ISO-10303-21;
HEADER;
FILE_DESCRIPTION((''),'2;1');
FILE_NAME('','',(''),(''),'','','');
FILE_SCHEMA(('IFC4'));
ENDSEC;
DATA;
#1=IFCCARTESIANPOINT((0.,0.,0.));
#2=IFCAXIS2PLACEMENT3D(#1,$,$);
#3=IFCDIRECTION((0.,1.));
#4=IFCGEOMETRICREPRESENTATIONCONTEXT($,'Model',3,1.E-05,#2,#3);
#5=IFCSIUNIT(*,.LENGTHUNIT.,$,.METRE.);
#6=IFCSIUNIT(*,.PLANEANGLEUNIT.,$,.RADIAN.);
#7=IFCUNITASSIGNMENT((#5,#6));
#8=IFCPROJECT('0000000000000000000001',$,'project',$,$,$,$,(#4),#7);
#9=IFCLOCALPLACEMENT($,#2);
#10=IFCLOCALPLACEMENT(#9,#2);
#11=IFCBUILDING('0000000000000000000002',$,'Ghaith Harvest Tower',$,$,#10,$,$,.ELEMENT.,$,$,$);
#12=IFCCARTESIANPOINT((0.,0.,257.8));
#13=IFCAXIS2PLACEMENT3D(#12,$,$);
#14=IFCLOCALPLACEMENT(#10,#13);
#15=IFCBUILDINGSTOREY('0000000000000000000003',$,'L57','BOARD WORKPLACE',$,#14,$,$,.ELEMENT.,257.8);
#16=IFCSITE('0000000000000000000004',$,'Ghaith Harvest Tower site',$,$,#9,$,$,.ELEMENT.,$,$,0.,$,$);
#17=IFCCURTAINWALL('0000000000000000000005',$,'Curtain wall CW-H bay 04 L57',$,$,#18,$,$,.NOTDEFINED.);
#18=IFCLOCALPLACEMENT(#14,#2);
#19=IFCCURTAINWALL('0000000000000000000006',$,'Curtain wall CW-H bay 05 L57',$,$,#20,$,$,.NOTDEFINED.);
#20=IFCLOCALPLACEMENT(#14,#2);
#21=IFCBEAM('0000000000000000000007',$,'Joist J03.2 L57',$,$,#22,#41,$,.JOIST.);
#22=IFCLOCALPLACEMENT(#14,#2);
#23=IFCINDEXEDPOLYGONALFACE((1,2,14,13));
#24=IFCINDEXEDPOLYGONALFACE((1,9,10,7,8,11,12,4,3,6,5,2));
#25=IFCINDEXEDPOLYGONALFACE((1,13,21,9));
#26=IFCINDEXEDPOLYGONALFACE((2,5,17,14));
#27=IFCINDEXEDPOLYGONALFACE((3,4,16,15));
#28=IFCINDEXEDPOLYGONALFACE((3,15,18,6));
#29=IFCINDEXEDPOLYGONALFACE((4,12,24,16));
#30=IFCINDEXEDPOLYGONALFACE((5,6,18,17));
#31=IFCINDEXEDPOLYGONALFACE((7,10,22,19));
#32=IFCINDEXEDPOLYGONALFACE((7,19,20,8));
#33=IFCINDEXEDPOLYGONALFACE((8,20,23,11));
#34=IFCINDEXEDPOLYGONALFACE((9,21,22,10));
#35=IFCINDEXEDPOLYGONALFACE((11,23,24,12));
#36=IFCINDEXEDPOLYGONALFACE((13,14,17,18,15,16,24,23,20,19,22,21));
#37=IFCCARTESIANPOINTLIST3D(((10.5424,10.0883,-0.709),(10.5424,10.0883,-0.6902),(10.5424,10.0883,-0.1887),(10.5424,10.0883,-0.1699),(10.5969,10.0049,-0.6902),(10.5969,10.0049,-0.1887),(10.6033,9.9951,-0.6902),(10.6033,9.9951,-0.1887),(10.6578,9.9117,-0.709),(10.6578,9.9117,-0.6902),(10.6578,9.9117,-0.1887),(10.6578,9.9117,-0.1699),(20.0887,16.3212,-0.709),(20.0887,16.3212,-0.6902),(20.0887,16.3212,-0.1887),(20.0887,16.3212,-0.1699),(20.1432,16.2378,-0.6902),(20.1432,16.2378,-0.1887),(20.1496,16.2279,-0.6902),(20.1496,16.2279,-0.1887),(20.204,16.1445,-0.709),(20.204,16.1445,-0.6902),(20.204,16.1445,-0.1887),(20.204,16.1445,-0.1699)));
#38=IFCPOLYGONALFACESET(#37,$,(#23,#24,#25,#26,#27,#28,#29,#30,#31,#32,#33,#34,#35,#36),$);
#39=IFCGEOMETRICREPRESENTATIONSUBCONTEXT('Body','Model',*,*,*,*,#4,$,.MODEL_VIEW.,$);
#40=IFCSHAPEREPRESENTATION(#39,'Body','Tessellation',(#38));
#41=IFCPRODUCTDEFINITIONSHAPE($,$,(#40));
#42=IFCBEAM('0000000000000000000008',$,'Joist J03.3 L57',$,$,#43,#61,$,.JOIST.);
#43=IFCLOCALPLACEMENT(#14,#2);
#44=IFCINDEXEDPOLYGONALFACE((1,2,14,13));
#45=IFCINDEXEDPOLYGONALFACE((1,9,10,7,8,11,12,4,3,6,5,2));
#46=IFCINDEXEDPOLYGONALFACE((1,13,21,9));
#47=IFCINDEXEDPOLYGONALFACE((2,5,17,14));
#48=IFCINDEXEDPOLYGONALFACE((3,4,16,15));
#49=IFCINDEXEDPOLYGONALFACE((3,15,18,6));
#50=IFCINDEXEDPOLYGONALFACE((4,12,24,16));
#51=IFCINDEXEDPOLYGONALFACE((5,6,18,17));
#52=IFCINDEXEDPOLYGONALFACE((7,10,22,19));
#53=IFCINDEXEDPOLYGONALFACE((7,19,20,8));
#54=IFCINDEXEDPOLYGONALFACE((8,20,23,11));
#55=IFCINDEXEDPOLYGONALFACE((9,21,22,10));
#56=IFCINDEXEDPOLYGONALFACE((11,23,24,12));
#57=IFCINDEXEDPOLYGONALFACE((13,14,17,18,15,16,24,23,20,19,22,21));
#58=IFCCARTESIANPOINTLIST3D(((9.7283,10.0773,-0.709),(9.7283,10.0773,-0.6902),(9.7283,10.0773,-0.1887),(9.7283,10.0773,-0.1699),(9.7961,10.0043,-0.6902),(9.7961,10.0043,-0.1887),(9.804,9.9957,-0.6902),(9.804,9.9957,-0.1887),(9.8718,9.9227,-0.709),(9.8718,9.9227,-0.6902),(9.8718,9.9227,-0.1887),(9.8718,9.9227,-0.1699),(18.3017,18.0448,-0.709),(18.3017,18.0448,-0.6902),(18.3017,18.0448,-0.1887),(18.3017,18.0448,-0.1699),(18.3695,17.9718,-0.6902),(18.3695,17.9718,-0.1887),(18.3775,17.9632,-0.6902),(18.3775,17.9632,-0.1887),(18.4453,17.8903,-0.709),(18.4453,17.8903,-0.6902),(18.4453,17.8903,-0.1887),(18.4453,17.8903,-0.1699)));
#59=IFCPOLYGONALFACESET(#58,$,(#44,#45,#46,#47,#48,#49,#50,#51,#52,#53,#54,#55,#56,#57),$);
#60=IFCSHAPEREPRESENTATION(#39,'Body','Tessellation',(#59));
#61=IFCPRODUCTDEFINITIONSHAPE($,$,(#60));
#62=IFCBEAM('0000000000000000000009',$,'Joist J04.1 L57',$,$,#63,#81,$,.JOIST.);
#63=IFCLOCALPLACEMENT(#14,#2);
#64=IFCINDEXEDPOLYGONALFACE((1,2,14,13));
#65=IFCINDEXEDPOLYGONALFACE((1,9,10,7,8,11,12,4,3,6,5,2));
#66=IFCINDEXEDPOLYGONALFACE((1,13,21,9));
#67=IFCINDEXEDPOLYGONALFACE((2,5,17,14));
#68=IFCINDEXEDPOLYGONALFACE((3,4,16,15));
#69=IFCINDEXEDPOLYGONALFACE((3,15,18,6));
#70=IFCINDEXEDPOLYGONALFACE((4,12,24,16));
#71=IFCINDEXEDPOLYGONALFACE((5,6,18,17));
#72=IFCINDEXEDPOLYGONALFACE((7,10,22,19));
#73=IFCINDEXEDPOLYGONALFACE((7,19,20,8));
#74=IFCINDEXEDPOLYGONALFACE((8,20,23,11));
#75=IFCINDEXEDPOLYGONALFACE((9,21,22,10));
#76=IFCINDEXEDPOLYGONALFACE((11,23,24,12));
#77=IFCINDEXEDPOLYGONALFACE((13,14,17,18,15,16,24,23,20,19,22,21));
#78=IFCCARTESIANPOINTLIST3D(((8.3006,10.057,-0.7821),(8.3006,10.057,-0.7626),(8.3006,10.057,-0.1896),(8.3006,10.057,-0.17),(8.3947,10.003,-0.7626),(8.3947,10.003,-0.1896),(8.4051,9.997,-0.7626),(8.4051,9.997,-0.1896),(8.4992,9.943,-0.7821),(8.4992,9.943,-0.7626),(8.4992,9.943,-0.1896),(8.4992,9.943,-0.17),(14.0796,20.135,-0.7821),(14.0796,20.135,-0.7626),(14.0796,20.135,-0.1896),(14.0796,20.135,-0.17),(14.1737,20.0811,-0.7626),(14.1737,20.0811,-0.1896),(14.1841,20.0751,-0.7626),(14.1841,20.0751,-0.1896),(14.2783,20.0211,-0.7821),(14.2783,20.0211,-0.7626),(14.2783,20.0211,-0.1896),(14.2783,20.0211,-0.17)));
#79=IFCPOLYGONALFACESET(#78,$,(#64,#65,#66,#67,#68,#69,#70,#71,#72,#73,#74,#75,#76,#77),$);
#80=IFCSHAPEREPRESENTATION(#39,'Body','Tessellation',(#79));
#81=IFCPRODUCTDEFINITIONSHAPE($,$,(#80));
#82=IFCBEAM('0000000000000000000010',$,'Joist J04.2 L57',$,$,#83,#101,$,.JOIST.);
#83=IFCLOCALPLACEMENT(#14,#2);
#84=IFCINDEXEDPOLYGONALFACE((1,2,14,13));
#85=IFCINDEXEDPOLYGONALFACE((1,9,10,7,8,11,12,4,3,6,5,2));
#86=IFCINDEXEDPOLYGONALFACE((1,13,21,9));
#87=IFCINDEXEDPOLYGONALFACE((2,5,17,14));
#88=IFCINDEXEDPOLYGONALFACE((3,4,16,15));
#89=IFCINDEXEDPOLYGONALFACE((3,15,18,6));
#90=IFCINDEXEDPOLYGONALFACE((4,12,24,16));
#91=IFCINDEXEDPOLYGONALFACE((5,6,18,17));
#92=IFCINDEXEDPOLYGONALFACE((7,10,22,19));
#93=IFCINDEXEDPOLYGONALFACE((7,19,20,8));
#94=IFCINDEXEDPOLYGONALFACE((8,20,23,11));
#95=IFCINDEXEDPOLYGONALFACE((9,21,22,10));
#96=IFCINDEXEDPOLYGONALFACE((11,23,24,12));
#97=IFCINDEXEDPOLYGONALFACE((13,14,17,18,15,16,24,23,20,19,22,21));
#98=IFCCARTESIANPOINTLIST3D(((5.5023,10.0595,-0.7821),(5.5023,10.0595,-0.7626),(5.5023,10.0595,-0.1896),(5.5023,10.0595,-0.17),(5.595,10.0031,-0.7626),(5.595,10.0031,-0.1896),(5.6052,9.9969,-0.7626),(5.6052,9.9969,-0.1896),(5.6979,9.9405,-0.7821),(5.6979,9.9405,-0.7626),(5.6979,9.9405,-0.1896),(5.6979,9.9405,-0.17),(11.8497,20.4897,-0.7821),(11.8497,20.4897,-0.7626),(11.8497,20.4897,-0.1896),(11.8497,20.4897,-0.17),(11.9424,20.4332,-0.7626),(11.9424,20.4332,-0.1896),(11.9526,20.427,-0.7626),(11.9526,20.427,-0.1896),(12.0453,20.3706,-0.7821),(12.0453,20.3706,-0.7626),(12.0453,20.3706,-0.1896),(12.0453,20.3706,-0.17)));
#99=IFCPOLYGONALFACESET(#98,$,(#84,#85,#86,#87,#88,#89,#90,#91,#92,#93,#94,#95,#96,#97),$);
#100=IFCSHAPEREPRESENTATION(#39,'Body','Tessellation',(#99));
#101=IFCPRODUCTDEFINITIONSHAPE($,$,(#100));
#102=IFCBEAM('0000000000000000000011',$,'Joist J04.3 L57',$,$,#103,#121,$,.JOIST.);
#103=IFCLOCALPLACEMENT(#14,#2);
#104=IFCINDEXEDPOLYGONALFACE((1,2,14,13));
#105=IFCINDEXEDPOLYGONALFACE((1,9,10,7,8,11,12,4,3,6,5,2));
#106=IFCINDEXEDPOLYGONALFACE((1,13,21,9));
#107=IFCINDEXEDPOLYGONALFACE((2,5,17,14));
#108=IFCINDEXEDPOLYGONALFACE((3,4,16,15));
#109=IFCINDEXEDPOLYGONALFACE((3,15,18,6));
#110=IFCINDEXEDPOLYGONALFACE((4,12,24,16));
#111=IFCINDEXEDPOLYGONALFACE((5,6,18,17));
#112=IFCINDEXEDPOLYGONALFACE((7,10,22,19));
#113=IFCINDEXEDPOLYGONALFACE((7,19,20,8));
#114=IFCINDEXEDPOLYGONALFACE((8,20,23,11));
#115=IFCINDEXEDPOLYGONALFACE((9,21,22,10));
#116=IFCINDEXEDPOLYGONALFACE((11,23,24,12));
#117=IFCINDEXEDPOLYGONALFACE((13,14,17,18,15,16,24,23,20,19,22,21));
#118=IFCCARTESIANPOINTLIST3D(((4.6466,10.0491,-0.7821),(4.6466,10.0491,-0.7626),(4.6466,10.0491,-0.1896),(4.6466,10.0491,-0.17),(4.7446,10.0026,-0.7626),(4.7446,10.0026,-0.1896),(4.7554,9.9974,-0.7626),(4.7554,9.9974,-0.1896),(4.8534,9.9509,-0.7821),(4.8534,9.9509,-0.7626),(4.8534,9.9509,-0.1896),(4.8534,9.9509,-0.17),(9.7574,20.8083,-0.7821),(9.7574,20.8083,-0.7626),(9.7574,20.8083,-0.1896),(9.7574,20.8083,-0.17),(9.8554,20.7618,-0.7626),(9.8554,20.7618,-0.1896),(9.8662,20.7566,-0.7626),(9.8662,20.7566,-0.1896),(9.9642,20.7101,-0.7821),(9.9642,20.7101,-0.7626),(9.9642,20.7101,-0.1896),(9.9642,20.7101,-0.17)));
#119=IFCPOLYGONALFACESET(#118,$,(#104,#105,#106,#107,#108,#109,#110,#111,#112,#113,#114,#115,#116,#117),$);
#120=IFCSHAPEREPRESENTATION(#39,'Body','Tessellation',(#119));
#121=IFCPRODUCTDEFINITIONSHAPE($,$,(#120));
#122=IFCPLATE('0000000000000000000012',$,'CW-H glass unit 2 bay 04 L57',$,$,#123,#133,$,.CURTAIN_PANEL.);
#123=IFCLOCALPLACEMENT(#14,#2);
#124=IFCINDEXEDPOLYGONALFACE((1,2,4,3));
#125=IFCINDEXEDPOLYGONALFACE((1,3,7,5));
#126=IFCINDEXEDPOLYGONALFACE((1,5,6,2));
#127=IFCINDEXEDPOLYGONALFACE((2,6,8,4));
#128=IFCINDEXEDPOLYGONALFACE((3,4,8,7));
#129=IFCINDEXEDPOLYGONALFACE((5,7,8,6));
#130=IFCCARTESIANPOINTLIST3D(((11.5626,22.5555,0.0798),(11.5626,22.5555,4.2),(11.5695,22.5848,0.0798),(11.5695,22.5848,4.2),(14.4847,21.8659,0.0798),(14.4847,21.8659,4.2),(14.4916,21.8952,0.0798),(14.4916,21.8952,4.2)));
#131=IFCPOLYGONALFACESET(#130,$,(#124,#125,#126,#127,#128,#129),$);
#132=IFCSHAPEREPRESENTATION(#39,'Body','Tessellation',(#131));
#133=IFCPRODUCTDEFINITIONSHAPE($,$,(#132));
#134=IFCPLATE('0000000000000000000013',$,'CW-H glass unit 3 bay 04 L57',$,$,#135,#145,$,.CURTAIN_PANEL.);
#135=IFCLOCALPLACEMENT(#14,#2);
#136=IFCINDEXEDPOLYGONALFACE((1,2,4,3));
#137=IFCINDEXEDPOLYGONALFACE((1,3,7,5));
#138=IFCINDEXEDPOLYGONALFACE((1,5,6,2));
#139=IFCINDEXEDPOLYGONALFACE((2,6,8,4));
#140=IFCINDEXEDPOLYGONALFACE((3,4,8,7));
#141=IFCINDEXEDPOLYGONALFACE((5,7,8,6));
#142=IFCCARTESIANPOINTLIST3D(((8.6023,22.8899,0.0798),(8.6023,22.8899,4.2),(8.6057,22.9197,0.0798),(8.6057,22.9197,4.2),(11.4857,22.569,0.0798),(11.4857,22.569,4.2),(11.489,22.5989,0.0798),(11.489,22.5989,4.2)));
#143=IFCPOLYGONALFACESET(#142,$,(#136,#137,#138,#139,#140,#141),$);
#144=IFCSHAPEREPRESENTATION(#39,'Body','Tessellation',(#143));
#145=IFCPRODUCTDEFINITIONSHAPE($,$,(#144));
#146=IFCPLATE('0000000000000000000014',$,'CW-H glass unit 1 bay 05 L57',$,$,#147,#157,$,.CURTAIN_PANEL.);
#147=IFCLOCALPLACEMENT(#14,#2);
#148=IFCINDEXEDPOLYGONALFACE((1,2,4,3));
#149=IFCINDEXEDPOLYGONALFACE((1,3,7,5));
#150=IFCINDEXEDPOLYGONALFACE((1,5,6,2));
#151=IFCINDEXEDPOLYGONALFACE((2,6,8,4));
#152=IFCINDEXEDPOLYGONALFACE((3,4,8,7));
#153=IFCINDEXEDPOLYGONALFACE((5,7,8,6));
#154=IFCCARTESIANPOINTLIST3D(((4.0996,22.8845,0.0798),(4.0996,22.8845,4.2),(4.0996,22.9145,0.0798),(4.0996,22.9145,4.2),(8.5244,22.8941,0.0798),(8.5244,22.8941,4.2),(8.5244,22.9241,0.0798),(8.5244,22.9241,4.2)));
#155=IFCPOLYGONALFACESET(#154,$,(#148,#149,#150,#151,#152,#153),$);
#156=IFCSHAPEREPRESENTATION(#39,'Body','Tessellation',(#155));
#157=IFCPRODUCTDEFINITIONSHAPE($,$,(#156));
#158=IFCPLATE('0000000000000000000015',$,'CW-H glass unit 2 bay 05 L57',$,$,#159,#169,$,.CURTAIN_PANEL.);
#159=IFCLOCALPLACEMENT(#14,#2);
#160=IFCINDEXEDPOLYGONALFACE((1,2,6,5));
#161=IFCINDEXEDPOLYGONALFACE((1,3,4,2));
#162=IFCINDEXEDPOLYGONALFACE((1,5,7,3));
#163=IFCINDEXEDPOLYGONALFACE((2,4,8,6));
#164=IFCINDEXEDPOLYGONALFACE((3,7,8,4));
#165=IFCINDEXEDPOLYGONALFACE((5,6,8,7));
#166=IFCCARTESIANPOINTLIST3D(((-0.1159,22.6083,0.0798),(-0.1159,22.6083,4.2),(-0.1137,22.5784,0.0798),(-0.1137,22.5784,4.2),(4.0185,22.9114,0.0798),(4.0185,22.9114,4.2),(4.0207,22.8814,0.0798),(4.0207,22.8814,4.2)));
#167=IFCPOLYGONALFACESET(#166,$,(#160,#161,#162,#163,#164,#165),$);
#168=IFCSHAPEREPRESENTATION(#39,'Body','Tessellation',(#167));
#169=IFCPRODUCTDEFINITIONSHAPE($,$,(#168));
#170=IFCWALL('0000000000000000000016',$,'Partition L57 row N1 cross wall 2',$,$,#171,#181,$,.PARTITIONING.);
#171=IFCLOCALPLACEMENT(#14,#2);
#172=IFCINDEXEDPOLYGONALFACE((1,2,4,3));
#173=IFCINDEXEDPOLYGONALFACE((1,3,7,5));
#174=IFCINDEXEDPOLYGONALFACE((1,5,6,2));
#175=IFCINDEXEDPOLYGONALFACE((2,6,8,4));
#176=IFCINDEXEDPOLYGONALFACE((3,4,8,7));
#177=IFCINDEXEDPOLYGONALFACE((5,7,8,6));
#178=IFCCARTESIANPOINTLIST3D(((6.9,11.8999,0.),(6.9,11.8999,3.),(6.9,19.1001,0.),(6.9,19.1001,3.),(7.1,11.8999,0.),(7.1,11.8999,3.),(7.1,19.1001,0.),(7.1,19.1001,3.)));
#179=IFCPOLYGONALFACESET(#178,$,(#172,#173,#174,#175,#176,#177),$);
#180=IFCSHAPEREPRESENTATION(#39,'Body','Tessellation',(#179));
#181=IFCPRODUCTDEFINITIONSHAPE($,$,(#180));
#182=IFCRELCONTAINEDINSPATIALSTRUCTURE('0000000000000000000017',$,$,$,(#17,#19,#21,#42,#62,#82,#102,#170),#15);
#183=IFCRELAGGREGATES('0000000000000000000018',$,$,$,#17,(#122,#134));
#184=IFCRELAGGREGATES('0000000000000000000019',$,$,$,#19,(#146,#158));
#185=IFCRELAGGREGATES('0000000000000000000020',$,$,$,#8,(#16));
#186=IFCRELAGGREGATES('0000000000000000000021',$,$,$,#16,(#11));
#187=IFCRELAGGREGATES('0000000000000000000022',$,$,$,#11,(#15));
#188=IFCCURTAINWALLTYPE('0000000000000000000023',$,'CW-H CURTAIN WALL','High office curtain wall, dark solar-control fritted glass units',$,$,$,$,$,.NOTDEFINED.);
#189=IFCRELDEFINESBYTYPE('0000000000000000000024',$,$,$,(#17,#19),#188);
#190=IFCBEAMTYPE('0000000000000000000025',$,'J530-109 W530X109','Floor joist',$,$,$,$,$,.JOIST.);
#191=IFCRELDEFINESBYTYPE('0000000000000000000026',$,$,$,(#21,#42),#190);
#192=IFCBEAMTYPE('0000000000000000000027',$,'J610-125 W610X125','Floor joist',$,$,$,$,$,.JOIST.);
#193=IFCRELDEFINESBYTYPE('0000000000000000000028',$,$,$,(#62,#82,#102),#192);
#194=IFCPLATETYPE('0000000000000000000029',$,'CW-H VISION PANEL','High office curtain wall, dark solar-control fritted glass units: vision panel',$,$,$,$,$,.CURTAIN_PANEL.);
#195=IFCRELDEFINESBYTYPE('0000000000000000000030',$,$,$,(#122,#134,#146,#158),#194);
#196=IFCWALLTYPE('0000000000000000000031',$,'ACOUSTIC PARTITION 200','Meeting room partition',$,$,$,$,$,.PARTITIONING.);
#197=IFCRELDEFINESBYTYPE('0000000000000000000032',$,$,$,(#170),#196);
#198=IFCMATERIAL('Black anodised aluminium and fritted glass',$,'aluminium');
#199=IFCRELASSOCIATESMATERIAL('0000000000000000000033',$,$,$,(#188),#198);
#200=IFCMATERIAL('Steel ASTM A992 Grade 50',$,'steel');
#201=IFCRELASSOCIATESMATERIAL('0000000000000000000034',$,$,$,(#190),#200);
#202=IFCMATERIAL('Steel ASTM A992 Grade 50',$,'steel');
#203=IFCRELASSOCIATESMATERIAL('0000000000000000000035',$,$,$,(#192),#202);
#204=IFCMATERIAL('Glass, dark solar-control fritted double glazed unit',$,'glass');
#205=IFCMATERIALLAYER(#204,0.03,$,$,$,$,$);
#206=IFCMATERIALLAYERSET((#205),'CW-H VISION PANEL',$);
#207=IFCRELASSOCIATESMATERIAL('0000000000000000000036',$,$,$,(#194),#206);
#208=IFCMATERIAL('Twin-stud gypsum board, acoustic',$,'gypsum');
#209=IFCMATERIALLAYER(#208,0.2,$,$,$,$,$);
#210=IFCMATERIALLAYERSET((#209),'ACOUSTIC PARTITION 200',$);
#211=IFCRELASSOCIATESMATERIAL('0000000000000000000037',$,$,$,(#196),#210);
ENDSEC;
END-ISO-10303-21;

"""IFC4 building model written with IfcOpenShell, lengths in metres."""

from ifc_helpers import new_model, si_unit, direction, frame, frame_2d, origin, origin_2d, place, context, subcontext, project, spatial, rectangle, i_section, extrude, material, layer, layer_set, material_profile, profile_set, type_object, element, aggregate, save


model = new_model("IFC4")

# Units and contexts
model_context = context("Model", 3, precision=1e-05, world=origin(), true_north=direction((0.0, 1.0)))
body_context = subcontext(model_context, "Body", "Model", "MODEL_VIEW")
ifc_project = project(units=[si_unit("LENGTHUNIT", "METRE"), si_unit("PLANEANGLEUNIT", "RADIAN")], contexts=[model_context])

# Site, building, storey
site_placement = place(None, origin())
site = spatial("IfcSite", under=ifc_project, at=site_placement, Name="Ghaith Harvest Tower site", CompositionType="ELEMENT", RefElevation=0.0)
building_placement = place(site_placement, origin())
building = spatial("IfcBuilding", under=site, at=building_placement, Name="Ghaith Harvest Tower", CompositionType="ELEMENT")
storey_placement = place(building_placement, frame((0.0, 0.0, 257.8)))
storey = spatial("IfcBuildingStorey", under=building, at=storey_placement, Name="L57", Description="BOARD WORKPLACE", CompositionType="ELEMENT", Elevation=257.8)

# Curtain wall
ifc_material_1 = material(Name="Black anodised aluminium and fritted glass", Category="aluminium")
curtain_wall_type = type_object("IfcCurtainWallType", Name="CW-H CURTAIN WALL", Description="High office curtain wall, dark solar-control fritted glass units", PredefinedType="NOTDEFINED", material=ifc_material_1)
curtain_wall_1_placement = place(storey_placement, origin())
curtain_wall_1 = element("IfcCurtainWall", 1, at=curtain_wall_1_placement, inside=storey, type_object=curtain_wall_type, Name="Curtain wall CW-H bay 04 L57", PredefinedType="NOTDEFINED")

# Curtain wall
curtain_wall_2_placement = place(storey_placement, origin())
curtain_wall_2 = element("IfcCurtainWall", 2, at=curtain_wall_2_placement, inside=storey, type_object=curtain_wall_type, Name="Curtain wall CW-H bay 05 L57", PredefinedType="NOTDEFINED")

# Beams
ifc_material_2 = material(Name="Steel ASTM A992 Grade 50", Category="steel")
ifc_material_profile_1 = material_profile(ifc_material_2, i_section(OverallWidth=0.2109, OverallDepth=0.5391, WebThickness=0.0117, FlangeThickness=0.0188, at=origin_2d()), Name="W530X109")
ifc_profile_set_1 = profile_set([ifc_material_profile_1], Name="Steel ASTM A992 Grade 50")
beam_type_1 = type_object("IfcBeamType", Name="J530-109 W530X109", Description="Floor joist", PredefinedType="JOIST", material=ifc_profile_set_1)
beam_1_placement = place(storey_placement, frame((10.6001, 10.0, -0.4395), z_axis=(0.837329, 0.546699, 0.0), x_axis=(-0.546699, 0.837329, 0.0)))
element("IfcBeam", 3, at=beam_1_placement, inside=storey, type_object=beam_type_1, Name="Joist J03.2 L57", PredefinedType="JOIST", context=body_context, shape_type="SweptSolid", body=[
    extrude(i_section(OverallWidth=0.2109, OverallDepth=0.5391, WebThickness=0.0117, FlangeThickness=0.0188, at=origin_2d()), origin(), (0.0, 0.0, 1.0), 11.4009),
])
beam_2_placement = place(storey_placement, frame((9.8, 10.0, -0.4395), z_axis=(0.732519, 0.680746, 0.0), x_axis=(-0.680746, 0.732519, 0.0)))
element("IfcBeam", 4, at=beam_2_placement, inside=storey, type_object=beam_type_1, Name="Joist J03.3 L57", PredefinedType="JOIST", context=body_context, shape_type="SweptSolid", body=[
    extrude(i_section(OverallWidth=0.2109, OverallDepth=0.5391, WebThickness=0.0117, FlangeThickness=0.0188, at=origin_2d()), origin(), (0.0, 0.0, 1.0), 11.7041),
])
ifc_material_3 = material(Name="Steel ASTM A992 Grade 50", Category="steel")
ifc_material_profile_2 = material_profile(ifc_material_3, i_section(OverallWidth=0.229, OverallDepth=0.6121, WebThickness=0.012, FlangeThickness=0.0195, at=origin_2d()), Name="W610X125")
ifc_profile_set_2 = profile_set([ifc_material_profile_2], Name="Steel ASTM A992 Grade 50")
beam_type_2 = type_object("IfcBeamType", Name="J610-125 W610X125", Description="Floor joist", PredefinedType="JOIST", material=ifc_profile_set_2)
beam_3_placement = place(storey_placement, frame((8.3999, 10.0, -0.4761), z_axis=(0.497444, 0.867496, 0.0), x_axis=(-0.867496, 0.497444, 0.0)))
element("IfcBeam", 5, at=beam_3_placement, inside=storey, type_object=beam_type_2, Name="Joist J04.1 L57", PredefinedType="JOIST", context=body_context, shape_type="SweptSolid", body=[
    extrude(i_section(OverallWidth=0.229, OverallDepth=0.6121, WebThickness=0.012, FlangeThickness=0.0195, at=origin_2d()), origin(), (0.0, 0.0, 1.0), 11.6174),
])
beam_4_placement = place(storey_placement, frame((5.6001, 10.0, -0.4761), z_axis=(0.519864, 0.854249, 0.0), x_axis=(-0.854249, 0.519864, 0.0)))
element("IfcBeam", 6, at=beam_4_placement, inside=storey, type_object=beam_type_2, Name="Joist J04.2 L57", PredefinedType="JOIST", context=body_context, shape_type="SweptSolid", body=[
    extrude(i_section(OverallWidth=0.229, OverallDepth=0.6121, WebThickness=0.012, FlangeThickness=0.0195, at=origin_2d()), origin(), (0.0, 0.0, 1.0), 12.2097),
])
beam_5_placement = place(storey_placement, frame((4.75, 10.0, -0.4761), z_axis=(0.429069, 0.903272, 0.0), x_axis=(-0.903272, 0.429069, 0.0)))
element("IfcBeam", 7, at=beam_5_placement, inside=storey, type_object=beam_type_2, Name="Joist J04.3 L57", PredefinedType="JOIST", context=body_context, shape_type="SweptSolid", body=[
    extrude(i_section(OverallWidth=0.229, OverallDepth=0.6121, WebThickness=0.012, FlangeThickness=0.0195, at=origin_2d()), origin(), (0.0, 0.0, 1.0), 11.9114),
])

# Plates
ifc_material_4 = material(Name="Glass, dark solar-control fritted double glazed unit", Category="glass")
ifc_layer_1 = layer(ifc_material_4, 0.03)
ifc_layer_set_1 = layer_set([ifc_layer_1], Name="CW-H VISION PANEL")
plate_type = type_object("IfcPlateType", Name="CW-H VISION PANEL", Description="High office curtain wall, dark solar-control fritted glass units: vision panel", PredefinedType="CURTAIN_PANEL", material=ifc_layer_set_1)
plate_1_placement = place(storey_placement, frame((13.0271, 22.2253, 0.0798), z_axis=(0.0, 0.0, 1.0), x_axis=(-0.973266, 0.22968, 0.0)))
plate_1 = element("IfcPlate", 8, at=plate_1_placement, type_object=plate_type, Name="CW-H glass unit 2 bay 04 L57", PredefinedType="CURTAIN_PANEL", context=body_context, shape_type="SweptSolid", body=[
    extrude(rectangle(XDim=3.0024, YDim=0.03, at=origin_2d()), origin(), (0.0, 0.0, 1.0), 4.1201),
])
plate_2_placement = place(storey_placement, frame((10.0457, 22.7444, 0.0798), z_axis=(0.0, 0.0, 1.0), x_axis=(-0.993865, 0.110598, 0.0)))
plate_2 = element("IfcPlate", 9, at=plate_2_placement, type_object=plate_type, Name="CW-H glass unit 3 bay 04 L57", PredefinedType="CURTAIN_PANEL", context=body_context, shape_type="SweptSolid", body=[
    extrude(rectangle(XDim=2.9011, YDim=0.03, at=origin_2d()), origin(), (0.0, 0.0, 1.0), 4.1201),
])
aggregate(curtain_wall_1, [plate_1, plate_2])
plate_3_placement = place(storey_placement, frame((6.312, 22.9043, 0.0798), z_axis=(0.0, 0.0, 1.0), x_axis=(-0.999998, -0.002171, 0.0)))
plate_3 = element("IfcPlate", 10, at=plate_3_placement, type_object=plate_type, Name="CW-H glass unit 1 bay 05 L57", PredefinedType="CURTAIN_PANEL", context=body_context, shape_type="SweptSolid", body=[
    extrude(rectangle(XDim=4.4248, YDim=0.03, at=origin_2d()), origin(), (0.0, 0.0, 1.0), 4.1201),
])
plate_4_placement = place(storey_placement, frame((1.9524, 22.7449, 0.0798), z_axis=(0.0, 0.0, 1.0), x_axis=(-0.997325, -0.073101, 0.0)))
plate_4 = element("IfcPlate", 11, at=plate_4_placement, type_object=plate_type, Name="CW-H glass unit 2 bay 05 L57", PredefinedType="CURTAIN_PANEL", context=body_context, shape_type="SweptSolid", body=[
    extrude(rectangle(XDim=4.1455, YDim=0.03, at=origin_2d()), origin(), (0.0, 0.0, 1.0), 4.1201),
])
aggregate(curtain_wall_2, [plate_3, plate_4])

# Wall
ifc_material_5 = material(Name="Twin-stud gypsum board, acoustic", Category="gypsum")
ifc_layer_2 = layer(ifc_material_5, 0.2)
ifc_layer_set_2 = layer_set([ifc_layer_2], Name="ACOUSTIC PARTITION 200")
wall_type_1 = type_object("IfcWallType", Name="ACOUSTIC PARTITION 200", Description="Meeting room partition", PredefinedType="PARTITIONING", material=ifc_layer_set_2)
wall_1_placement = place(storey_placement, frame((7.0, 11.8999, 0.0), z_axis=(0.0, 0.0, 1.0), x_axis=(0.0, 1.0, 0.0)))
element("IfcWall", 12, at=wall_1_placement, inside=storey, type_object=wall_type_1, Name="Partition L57 row N1 cross wall 2", PredefinedType="PARTITIONING", context=body_context, shape_type="SweptSolid", body=[
    extrude(rectangle(XDim=7.2002, YDim=0.2, at=frame_2d((3.6001, 0.0))), origin(), (0.0, 0.0, 1.0), 3.0),
])

save(model, "model.ifc")
